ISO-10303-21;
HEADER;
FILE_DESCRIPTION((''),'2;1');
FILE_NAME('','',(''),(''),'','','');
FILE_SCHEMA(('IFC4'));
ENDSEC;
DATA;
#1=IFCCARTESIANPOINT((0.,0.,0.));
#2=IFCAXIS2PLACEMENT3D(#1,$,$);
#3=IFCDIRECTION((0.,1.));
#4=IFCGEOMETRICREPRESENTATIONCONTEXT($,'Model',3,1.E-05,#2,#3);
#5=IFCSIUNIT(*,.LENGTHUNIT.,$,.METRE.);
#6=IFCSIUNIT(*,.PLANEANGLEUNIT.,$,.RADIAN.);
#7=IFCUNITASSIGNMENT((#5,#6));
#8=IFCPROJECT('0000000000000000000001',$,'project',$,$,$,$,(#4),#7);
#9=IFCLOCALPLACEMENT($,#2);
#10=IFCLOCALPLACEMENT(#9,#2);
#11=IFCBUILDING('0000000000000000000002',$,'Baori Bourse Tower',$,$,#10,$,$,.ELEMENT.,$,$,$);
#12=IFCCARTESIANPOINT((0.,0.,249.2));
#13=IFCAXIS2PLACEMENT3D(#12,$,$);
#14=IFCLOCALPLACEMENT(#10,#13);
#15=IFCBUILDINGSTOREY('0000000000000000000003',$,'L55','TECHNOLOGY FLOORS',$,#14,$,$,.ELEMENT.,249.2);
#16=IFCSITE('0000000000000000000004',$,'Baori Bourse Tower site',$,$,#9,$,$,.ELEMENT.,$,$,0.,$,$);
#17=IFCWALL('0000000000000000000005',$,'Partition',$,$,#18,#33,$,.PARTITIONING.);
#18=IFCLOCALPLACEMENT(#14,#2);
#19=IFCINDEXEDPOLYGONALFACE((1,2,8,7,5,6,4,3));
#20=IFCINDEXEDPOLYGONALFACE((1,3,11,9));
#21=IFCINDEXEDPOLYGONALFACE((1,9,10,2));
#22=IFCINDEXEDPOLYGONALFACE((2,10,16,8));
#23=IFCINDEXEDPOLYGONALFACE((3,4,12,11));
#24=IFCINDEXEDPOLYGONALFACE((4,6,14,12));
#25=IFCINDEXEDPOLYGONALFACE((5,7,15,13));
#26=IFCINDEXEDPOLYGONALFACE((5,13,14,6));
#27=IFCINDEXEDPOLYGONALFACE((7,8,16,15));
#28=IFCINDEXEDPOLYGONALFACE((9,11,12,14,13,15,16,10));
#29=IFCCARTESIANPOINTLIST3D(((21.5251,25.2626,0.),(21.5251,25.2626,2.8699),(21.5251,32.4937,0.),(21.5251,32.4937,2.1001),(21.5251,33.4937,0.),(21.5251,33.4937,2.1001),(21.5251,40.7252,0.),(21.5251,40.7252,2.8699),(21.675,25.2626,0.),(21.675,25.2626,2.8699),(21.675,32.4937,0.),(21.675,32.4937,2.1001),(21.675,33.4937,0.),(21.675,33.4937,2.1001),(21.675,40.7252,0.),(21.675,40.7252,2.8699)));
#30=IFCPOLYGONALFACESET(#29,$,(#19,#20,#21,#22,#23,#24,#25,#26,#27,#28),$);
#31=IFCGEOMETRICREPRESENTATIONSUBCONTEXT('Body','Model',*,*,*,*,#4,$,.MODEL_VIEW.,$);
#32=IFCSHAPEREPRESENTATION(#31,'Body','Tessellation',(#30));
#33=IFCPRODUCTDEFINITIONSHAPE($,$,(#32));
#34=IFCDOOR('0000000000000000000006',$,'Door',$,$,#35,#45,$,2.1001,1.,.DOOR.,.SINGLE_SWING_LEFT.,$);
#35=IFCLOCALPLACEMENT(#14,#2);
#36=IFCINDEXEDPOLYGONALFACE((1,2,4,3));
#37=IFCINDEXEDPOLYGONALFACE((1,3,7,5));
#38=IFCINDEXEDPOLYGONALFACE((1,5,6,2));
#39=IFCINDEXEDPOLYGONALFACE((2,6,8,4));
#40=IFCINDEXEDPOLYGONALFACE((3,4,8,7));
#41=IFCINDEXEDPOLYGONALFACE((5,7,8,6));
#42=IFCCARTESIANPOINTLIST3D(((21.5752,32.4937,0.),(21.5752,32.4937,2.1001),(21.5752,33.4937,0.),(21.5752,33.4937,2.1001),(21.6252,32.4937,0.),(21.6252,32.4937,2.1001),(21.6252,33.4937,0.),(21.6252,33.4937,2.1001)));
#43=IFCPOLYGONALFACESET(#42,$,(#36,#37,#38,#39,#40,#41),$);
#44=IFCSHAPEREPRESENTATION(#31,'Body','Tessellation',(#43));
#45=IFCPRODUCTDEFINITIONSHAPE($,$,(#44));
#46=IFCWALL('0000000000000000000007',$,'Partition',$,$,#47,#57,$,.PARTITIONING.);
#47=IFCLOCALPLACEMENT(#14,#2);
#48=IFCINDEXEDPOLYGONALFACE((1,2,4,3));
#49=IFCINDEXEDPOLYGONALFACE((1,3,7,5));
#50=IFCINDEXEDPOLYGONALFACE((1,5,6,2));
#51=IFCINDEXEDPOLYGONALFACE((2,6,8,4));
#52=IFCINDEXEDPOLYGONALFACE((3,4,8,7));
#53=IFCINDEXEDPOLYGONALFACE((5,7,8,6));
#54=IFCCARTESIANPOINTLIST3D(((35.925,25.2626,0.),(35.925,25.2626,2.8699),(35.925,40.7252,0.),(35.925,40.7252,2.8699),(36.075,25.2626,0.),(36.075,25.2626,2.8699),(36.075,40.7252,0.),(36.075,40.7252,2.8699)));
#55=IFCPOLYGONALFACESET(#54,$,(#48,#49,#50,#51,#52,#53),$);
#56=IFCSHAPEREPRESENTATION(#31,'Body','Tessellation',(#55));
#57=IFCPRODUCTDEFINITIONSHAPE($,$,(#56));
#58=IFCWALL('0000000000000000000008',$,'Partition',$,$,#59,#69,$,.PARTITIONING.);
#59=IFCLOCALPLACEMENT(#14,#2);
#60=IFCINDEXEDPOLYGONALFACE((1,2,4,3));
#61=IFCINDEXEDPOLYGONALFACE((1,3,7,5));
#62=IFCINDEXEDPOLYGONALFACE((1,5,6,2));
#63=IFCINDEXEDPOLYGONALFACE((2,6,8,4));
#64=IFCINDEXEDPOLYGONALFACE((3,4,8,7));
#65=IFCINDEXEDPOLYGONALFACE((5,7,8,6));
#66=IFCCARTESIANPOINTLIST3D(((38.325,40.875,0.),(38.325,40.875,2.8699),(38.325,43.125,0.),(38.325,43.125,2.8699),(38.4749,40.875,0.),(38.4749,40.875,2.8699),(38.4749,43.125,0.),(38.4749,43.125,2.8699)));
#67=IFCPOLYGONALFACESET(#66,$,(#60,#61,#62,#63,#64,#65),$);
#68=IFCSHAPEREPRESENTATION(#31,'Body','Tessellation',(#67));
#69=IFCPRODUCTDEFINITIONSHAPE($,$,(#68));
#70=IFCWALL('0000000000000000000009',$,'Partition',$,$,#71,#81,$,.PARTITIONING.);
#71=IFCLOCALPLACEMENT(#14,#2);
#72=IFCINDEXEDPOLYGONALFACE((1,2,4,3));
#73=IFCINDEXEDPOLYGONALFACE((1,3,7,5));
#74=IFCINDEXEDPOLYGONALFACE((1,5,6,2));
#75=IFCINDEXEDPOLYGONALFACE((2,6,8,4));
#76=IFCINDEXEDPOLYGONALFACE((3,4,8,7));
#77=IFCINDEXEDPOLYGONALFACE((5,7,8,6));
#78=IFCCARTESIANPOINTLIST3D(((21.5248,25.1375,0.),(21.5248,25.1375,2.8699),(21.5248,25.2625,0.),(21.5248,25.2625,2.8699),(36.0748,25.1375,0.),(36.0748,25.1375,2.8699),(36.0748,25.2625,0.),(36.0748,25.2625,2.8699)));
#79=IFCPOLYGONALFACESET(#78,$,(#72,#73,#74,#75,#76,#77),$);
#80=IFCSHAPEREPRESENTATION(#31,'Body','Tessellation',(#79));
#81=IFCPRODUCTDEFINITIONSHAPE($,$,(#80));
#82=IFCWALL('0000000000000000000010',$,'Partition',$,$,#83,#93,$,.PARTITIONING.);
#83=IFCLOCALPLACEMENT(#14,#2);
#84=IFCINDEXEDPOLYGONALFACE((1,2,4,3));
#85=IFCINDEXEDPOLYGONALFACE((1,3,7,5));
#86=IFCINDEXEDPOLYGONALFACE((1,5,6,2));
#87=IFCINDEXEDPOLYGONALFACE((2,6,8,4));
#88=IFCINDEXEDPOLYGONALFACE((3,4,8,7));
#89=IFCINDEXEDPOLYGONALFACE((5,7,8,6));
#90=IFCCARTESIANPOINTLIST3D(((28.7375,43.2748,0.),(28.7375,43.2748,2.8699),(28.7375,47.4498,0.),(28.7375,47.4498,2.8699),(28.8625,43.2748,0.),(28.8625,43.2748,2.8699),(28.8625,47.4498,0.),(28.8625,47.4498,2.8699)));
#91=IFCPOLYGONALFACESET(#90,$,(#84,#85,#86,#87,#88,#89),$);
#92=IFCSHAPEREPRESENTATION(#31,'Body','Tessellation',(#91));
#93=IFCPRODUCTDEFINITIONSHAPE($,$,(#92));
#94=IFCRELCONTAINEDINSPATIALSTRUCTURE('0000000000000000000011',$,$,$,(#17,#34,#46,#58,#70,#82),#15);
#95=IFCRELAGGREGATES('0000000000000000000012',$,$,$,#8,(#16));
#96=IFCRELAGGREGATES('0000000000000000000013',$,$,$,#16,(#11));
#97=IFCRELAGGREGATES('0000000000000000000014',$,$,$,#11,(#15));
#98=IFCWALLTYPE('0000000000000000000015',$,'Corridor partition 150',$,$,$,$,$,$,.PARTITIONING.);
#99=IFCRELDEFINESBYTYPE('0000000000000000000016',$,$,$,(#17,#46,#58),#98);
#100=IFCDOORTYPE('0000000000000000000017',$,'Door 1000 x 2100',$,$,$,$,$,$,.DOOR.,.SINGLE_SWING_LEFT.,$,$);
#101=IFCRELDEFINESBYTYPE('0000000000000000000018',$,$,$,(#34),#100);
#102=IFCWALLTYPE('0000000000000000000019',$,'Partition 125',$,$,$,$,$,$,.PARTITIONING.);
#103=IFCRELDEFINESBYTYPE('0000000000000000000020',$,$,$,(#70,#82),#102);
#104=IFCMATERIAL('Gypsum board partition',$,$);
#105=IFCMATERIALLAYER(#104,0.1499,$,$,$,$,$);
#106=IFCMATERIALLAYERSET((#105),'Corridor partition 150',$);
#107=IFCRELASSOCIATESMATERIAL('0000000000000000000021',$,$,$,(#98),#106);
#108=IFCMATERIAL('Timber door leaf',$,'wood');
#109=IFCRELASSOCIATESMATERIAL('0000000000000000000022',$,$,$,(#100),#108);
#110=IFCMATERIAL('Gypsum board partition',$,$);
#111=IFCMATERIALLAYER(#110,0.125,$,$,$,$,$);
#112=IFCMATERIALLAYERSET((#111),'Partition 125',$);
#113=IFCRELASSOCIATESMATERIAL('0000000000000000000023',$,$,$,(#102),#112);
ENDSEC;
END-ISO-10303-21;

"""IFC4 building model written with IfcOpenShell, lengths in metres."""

from ifc_helpers import new_model, si_unit, direction, frame, frame_2d, origin, place, context, subcontext, project, spatial, rectangle, extrude, material, layer, layer_set, type_object, element, fill, save


model = new_model("IFC4")

# Units and contexts
model_context = context("Model", 3, precision=1e-05, world=origin(), true_north=direction((0.0, 1.0)))
body_context = subcontext(model_context, "Body", "Model", "MODEL_VIEW")
ifc_project = project(units=[si_unit("LENGTHUNIT", "METRE"), si_unit("PLANEANGLEUNIT", "RADIAN")], contexts=[model_context])

# Site, building, storey
site_placement = place(None, origin())
site = spatial("IfcSite", under=ifc_project, at=site_placement, Name="Baori Bourse Tower site", CompositionType="ELEMENT", RefElevation=0.0)
building_placement = place(site_placement, origin())
building = spatial("IfcBuilding", under=site, at=building_placement, Name="Baori Bourse Tower", CompositionType="ELEMENT")
storey_placement = place(building_placement, frame((0.0, 0.0, 249.2)))
storey = spatial("IfcBuildingStorey", under=building, at=storey_placement, Name="L55", Description="TECHNOLOGY FLOORS", CompositionType="ELEMENT", Elevation=249.2)

# Shared definitions
ifc_material_1 = material(Name="Gypsum board partition")
ifc_layer_1 = layer(ifc_material_1, 0.1499)
ifc_layer_set_1 = layer_set([ifc_layer_1], Name="Corridor partition 150")
wall_type_1 = type_object("IfcWallType", Name="Corridor partition 150", PredefinedType="PARTITIONING", material=ifc_layer_set_1)

# Wall, opening, door
ifc_material_2 = material(Name="Timber door leaf", Category="wood")
door_type_1 = type_object("IfcDoorType", Name="Door 1000 x 2100", OperationType="SINGLE_SWING_LEFT", PredefinedType="DOOR", material=ifc_material_2)
wall_1_placement = place(storey_placement, frame((21.6001, 25.2625, 0.0), z_axis=(0.0, 0.0, 1.0), x_axis=(0.0, 1.0, 0.0)))
wall_1 = element("IfcWall", 1, at=wall_1_placement, inside=storey, type_object=wall_type_1, Name="Partition", PredefinedType="PARTITIONING", context=body_context, shape_type="SweptSolid", body=[
    extrude(rectangle(XDim=15.4626, YDim=0.1499, at=frame_2d((7.7314, 0.0))), origin(), (0.0, 0.0, 1.0), 2.8699),
])
opening_1_placement = place(wall_1_placement, frame((7.2312, 0.0, 0.0)))
opening_1 = element("IfcOpeningElement", 2, at=opening_1_placement, cuts=wall_1, PredefinedType="OPENING", context=body_context, shape_type="SweptSolid", body=[
    extrude(rectangle(XDim=1.0, YDim=2.1001, at=frame_2d((0.5, 1.05))), frame((0.0, 0.085, 0.0), z_axis=(0.0, -1.0, 0.0), x_axis=(1.0, 0.0, 0.0)), (0.0, 0.0, 1.0), 0.1699),
])
door_1_placement = place(opening_1_placement, origin())
door_1 = element("IfcDoor", 3, at=door_1_placement, inside=storey, type_object=door_type_1, Name="Door", OperationType="SINGLE_SWING_LEFT", OverallHeight=2.1001, OverallWidth=1.0, PredefinedType="DOOR", context=body_context, shape_type="SweptSolid", body=[
    extrude(rectangle(XDim=1.0, YDim=2.1001, at=frame_2d((0.5, 1.05))), frame((0.0, 0.0249, 0.0), z_axis=(0.0, -1.0, 0.0), x_axis=(1.0, 0.0, 0.0)), (0.0, 0.0, 1.0), 0.05),
])
fill(opening_1, door_1)

# Walls
wall_2_placement = place(storey_placement, frame((36.0, 25.2625, 0.0), z_axis=(0.0, 0.0, 1.0), x_axis=(0.0, 1.0, 0.0)))
element("IfcWall", 4, at=wall_2_placement, inside=storey, type_object=wall_type_1, Name="Partition", PredefinedType="PARTITIONING", context=body_context, shape_type="SweptSolid", body=[
    extrude(rectangle(XDim=15.4626, YDim=0.1499, at=frame_2d((7.7314, 0.0))), origin(), (0.0, 0.0, 1.0), 2.8699),
])
wall_3_placement = place(storey_placement, frame((38.3999, 40.875, 0.0), z_axis=(0.0, 0.0, 1.0), x_axis=(0.0, 1.0, 0.0)))
element("IfcWall", 5, at=wall_3_placement, inside=storey, type_object=wall_type_1, Name="Partition", PredefinedType="PARTITIONING", context=body_context, shape_type="SweptSolid", body=[
    extrude(rectangle(XDim=2.25, YDim=0.1499, at=frame_2d((1.125, 0.0))), origin(), (0.0, 0.0, 1.0), 2.8699),
])
ifc_material_3 = material(Name="Gypsum board partition")
ifc_layer_2 = layer(ifc_material_3, 0.125)
ifc_layer_set_2 = layer_set([ifc_layer_2], Name="Partition 125")
wall_type_2 = type_object("IfcWallType", Name="Partition 125", PredefinedType="PARTITIONING", material=ifc_layer_set_2)
wall_4_placement = place(storey_placement, frame((21.5249, 25.2, 0.0), z_axis=(0.0, 0.0, 1.0), x_axis=(1.0, 0.0, 0.0)))
element("IfcWall", 6, at=wall_4_placement, inside=storey, type_object=wall_type_2, Name="Partition", PredefinedType="PARTITIONING", context=body_context, shape_type="SweptSolid", body=[
    extrude(rectangle(XDim=14.55, YDim=0.125, at=frame_2d((7.2749, 0.0))), origin(), (0.0, 0.0, 1.0), 2.8699),
])
wall_5_placement = place(storey_placement, frame((28.8, 43.2749, 0.0), z_axis=(0.0, 0.0, 1.0), x_axis=(0.0, 1.0, 0.0)))
element("IfcWall", 7, at=wall_5_placement, inside=storey, type_object=wall_type_2, Name="Partition", PredefinedType="PARTITIONING", context=body_context, shape_type="SweptSolid", body=[
    extrude(rectangle(XDim=4.175, YDim=0.125, at=frame_2d((2.0874, 0.0))), origin(), (0.0, 0.0, 1.0), 2.8699),
])

save(model, "model.ifc")
